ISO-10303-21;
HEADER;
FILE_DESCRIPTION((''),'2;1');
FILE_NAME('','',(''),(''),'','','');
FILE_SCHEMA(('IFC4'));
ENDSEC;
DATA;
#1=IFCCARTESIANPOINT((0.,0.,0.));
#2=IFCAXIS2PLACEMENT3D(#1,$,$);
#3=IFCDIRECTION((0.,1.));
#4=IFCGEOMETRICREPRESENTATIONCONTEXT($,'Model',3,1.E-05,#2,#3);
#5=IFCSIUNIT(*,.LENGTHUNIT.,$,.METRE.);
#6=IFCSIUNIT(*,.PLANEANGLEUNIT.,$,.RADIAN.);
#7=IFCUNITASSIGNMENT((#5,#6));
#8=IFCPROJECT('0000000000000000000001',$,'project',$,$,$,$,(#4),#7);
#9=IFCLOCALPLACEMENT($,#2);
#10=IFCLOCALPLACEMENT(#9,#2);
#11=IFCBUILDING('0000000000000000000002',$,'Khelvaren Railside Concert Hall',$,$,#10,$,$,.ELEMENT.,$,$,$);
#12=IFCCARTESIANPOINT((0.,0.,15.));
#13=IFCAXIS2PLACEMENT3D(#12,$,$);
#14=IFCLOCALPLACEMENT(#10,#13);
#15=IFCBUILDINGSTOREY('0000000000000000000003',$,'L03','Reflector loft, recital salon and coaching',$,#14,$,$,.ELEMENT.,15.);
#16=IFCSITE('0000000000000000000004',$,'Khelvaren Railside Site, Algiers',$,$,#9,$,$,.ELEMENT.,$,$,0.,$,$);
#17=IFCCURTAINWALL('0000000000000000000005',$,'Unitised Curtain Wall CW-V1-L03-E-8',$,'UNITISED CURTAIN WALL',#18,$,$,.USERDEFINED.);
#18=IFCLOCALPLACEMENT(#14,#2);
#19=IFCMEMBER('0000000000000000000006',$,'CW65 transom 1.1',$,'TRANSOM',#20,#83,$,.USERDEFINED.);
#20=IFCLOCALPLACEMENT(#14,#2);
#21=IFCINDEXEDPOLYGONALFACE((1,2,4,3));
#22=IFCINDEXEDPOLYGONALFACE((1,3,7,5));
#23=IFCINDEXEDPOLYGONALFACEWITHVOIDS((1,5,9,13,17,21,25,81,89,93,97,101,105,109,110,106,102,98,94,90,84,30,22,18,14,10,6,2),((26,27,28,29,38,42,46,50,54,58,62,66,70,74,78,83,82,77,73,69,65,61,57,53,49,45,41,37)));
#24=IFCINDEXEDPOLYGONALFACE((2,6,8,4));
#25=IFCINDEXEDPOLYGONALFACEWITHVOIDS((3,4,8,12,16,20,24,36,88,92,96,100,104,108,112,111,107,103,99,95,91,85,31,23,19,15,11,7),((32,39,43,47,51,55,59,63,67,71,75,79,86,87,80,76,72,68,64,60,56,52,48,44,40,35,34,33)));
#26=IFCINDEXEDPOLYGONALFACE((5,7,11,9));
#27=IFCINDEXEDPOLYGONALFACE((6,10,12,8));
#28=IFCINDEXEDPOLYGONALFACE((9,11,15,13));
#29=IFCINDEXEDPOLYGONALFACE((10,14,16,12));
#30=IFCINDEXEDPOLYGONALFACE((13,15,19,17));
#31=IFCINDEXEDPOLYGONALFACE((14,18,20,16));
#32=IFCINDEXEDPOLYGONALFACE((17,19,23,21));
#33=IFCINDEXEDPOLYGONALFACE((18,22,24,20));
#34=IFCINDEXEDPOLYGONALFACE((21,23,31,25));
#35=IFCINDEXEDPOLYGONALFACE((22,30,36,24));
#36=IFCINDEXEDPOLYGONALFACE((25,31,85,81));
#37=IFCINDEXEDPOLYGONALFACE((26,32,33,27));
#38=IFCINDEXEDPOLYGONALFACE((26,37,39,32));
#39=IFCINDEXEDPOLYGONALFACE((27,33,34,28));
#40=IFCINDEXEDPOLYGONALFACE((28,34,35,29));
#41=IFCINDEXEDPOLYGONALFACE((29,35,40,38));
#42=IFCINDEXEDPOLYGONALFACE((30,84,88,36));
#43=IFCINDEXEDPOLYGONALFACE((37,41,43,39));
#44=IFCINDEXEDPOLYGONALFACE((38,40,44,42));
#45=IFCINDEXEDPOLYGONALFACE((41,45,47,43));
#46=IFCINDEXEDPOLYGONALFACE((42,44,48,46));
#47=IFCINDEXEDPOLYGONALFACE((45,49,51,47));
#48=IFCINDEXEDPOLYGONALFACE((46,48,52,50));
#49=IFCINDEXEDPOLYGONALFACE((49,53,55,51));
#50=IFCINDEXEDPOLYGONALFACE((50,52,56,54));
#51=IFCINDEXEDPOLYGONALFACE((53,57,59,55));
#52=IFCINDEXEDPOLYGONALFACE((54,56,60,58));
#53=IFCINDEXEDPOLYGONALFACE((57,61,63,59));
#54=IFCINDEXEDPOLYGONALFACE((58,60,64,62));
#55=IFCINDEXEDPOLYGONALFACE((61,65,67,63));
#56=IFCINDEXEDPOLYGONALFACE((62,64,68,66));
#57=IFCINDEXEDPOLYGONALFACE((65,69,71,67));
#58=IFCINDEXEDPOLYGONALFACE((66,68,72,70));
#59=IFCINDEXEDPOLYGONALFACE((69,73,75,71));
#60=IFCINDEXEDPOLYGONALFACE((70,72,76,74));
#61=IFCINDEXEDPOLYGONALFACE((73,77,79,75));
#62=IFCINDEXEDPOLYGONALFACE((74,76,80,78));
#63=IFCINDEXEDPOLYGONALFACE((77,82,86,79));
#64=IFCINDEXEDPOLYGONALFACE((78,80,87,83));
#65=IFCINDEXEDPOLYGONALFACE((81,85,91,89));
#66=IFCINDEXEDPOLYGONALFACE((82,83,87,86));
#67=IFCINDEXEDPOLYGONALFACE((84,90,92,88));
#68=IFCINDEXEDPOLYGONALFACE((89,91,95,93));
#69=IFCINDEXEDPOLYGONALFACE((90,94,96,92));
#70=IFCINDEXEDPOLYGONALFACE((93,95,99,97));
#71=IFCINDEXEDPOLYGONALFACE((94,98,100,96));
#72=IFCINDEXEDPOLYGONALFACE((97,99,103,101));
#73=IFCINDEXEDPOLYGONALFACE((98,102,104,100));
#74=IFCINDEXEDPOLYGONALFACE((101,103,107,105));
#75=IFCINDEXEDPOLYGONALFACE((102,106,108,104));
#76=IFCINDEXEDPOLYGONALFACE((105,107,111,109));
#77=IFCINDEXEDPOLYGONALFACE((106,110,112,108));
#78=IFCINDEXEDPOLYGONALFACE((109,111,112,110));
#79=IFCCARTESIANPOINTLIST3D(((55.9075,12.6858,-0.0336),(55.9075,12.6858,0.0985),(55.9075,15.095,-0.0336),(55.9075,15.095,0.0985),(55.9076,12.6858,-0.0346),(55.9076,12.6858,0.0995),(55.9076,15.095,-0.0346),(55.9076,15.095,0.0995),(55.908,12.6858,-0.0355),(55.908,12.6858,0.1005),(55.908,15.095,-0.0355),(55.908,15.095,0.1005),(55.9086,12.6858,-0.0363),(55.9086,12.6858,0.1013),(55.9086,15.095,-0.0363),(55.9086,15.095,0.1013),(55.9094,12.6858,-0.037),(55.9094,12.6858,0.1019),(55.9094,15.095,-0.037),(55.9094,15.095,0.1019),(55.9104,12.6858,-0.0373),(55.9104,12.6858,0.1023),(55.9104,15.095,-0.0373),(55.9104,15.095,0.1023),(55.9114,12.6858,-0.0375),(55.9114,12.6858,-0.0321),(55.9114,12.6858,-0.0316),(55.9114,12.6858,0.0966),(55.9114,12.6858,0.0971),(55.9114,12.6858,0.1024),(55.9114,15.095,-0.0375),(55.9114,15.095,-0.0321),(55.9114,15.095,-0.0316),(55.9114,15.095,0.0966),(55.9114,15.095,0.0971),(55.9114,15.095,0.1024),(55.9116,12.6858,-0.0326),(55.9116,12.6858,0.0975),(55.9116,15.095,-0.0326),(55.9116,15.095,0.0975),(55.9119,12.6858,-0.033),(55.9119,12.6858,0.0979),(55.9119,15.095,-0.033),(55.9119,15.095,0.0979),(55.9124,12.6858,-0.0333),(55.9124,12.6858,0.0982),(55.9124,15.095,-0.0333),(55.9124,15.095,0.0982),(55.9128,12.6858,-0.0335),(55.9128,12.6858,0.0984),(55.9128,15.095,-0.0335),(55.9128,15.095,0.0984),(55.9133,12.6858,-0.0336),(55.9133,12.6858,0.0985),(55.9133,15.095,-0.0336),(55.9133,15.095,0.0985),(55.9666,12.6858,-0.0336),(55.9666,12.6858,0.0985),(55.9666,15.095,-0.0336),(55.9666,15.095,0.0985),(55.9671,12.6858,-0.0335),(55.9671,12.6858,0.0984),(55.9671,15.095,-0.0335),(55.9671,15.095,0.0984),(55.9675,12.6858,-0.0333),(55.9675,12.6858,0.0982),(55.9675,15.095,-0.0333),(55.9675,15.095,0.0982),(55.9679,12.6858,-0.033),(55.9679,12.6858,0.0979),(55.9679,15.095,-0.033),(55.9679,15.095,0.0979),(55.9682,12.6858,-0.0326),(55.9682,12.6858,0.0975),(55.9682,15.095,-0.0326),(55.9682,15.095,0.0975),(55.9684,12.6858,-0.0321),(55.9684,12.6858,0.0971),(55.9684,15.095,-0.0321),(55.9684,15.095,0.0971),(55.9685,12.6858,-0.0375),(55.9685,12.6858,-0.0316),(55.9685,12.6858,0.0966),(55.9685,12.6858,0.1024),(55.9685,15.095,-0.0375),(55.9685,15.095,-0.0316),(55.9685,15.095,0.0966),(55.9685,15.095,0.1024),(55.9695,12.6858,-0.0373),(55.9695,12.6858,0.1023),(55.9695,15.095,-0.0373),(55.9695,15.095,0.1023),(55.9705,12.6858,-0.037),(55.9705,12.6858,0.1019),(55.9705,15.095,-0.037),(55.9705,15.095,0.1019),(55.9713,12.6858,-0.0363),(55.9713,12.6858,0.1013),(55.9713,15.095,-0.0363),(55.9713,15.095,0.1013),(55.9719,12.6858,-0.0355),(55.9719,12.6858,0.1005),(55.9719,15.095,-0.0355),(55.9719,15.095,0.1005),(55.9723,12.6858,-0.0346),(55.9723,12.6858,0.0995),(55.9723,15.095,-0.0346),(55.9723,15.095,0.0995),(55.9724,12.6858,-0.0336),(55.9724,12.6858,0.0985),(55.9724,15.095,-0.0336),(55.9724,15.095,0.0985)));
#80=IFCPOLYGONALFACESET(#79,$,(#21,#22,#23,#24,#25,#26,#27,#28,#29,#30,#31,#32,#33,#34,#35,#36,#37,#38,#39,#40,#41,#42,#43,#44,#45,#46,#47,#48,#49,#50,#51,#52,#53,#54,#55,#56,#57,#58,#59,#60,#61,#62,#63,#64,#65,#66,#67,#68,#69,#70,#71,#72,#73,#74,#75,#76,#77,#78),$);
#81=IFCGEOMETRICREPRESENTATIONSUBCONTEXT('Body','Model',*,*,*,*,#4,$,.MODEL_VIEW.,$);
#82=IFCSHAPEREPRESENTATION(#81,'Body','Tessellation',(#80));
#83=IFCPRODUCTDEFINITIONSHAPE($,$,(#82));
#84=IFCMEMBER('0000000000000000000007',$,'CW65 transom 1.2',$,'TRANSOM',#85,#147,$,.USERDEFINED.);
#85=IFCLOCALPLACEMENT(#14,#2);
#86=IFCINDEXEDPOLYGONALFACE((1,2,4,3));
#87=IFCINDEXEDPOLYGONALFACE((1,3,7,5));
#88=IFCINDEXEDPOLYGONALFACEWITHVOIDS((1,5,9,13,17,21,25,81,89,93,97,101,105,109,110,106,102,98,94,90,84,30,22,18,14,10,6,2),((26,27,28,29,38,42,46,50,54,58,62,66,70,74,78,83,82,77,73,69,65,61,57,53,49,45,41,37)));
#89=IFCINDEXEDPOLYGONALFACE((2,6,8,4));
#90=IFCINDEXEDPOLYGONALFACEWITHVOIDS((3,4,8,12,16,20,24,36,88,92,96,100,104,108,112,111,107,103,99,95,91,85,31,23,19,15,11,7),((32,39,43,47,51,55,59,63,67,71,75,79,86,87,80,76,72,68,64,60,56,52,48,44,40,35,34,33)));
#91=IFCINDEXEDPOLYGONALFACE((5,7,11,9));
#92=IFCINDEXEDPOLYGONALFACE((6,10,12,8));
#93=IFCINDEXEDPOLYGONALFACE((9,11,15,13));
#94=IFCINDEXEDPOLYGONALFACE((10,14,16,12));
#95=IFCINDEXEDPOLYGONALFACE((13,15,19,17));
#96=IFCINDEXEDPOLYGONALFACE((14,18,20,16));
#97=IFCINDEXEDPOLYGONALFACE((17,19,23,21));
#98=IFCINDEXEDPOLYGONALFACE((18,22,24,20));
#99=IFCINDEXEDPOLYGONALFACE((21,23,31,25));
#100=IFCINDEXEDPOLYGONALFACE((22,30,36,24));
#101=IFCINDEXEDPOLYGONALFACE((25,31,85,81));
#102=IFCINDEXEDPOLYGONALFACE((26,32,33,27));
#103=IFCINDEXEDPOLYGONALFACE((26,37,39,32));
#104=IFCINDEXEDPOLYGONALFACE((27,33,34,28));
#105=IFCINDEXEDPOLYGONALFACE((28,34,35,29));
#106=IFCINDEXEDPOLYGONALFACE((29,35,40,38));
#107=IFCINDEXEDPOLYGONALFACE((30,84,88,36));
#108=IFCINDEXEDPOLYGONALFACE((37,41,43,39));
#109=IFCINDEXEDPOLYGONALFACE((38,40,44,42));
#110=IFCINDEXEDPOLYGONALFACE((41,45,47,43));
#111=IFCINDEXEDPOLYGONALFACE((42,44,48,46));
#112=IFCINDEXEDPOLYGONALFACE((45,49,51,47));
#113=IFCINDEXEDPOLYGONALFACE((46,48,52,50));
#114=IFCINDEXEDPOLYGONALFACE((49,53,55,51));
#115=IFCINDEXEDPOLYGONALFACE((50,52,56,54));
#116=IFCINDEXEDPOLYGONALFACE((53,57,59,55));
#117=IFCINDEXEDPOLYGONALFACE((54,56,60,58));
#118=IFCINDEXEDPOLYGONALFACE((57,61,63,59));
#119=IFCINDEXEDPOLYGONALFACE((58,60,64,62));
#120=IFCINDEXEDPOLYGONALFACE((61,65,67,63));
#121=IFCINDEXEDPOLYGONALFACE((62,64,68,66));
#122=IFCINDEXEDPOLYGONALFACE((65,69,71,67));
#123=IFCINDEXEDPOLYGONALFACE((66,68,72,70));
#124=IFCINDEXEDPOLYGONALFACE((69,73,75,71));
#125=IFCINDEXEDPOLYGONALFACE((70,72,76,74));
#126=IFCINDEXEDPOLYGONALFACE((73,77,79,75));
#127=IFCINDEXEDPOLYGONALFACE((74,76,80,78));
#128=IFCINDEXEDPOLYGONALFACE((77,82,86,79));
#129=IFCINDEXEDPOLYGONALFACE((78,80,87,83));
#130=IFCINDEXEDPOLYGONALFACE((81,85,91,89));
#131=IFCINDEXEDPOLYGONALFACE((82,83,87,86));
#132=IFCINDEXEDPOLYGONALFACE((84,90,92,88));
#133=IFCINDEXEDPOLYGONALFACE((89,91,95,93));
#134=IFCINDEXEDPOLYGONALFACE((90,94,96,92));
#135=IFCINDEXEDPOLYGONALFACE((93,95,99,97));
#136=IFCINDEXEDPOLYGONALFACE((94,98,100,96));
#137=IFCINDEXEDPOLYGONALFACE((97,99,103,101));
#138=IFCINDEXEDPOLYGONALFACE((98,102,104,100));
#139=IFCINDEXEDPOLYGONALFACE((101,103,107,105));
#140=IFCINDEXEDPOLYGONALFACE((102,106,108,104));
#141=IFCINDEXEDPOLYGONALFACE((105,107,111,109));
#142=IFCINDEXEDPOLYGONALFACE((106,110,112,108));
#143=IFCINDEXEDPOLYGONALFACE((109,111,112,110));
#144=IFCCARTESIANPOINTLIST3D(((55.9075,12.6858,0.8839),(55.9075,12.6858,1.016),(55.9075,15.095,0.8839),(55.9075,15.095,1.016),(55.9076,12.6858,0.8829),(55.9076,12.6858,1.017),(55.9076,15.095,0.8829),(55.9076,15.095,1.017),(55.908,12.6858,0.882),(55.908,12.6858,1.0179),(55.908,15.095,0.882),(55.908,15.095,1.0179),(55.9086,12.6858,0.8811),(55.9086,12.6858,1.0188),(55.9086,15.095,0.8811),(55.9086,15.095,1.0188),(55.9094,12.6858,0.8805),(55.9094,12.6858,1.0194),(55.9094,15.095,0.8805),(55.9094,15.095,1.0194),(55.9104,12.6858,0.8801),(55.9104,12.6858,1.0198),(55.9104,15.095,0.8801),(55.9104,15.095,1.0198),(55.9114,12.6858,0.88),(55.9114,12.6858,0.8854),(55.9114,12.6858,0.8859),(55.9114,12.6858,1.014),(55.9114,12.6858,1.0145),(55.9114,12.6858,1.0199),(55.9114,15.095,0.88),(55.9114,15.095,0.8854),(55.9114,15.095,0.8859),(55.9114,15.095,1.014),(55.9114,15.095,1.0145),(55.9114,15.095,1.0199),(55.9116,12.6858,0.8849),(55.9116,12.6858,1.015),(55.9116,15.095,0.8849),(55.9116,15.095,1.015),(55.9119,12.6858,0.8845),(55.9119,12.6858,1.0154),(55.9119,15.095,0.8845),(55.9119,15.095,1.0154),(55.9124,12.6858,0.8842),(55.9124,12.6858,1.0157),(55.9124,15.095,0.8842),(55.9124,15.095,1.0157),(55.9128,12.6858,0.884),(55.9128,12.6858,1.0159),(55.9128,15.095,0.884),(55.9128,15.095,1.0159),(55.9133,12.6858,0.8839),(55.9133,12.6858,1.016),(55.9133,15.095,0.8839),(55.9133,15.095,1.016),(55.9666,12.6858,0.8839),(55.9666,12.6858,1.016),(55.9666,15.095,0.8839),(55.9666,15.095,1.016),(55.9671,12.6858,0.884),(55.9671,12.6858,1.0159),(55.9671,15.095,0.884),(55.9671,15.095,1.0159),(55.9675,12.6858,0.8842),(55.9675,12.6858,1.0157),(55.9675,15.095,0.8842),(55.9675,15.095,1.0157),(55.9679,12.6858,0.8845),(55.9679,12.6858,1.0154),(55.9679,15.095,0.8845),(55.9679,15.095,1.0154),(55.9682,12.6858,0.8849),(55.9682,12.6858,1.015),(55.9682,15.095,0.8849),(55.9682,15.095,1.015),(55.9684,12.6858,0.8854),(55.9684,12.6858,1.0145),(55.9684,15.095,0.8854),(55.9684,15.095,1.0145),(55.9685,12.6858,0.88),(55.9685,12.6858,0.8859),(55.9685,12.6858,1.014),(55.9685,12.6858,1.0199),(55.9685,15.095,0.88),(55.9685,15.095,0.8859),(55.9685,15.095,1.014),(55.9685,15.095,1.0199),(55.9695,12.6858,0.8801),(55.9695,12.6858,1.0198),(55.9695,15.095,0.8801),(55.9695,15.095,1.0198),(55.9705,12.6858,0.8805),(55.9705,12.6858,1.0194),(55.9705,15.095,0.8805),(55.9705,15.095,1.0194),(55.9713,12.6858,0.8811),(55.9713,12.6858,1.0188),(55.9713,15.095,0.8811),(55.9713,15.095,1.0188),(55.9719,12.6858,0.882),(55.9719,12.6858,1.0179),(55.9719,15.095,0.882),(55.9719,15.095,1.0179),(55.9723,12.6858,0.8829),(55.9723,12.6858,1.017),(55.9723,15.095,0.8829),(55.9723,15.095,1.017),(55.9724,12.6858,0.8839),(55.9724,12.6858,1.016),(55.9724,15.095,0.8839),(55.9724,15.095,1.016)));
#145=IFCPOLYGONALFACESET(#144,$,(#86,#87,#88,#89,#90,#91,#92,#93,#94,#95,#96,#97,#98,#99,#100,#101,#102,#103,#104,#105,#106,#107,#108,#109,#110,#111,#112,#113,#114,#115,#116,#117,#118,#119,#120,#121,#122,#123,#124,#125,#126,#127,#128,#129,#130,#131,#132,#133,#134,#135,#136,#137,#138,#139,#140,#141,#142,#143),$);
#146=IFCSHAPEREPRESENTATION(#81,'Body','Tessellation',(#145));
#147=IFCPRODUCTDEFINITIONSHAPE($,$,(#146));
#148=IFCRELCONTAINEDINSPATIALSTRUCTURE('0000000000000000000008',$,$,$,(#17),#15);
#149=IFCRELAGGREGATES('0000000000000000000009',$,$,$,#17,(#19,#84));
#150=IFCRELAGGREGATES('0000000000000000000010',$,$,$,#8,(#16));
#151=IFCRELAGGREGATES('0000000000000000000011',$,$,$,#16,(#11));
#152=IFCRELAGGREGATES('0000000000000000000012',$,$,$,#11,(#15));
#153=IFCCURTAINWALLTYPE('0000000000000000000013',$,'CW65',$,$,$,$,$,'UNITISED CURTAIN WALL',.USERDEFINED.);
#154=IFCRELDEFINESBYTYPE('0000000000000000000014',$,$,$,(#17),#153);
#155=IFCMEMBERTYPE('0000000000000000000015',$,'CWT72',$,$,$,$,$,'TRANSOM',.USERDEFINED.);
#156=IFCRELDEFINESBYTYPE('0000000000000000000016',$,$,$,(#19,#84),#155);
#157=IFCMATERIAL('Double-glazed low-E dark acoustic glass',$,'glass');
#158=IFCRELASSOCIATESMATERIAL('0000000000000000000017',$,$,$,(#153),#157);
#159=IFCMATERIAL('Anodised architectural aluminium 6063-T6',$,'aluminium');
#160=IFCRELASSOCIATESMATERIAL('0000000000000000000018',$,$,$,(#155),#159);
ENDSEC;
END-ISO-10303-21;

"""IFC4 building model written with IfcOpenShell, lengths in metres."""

from ifc_helpers import new_model, si_unit, direction, frame, origin, origin_2d, place, context, subcontext, project, spatial, hollow_rectangle, extrude, material, material_profile, profile_set, type_object, element, aggregate, save


model = new_model("IFC4")

# Units and contexts
model_context = context("Model", 3, precision=1e-05, world=origin(), true_north=direction((0.0, 1.0)))
body_context = subcontext(model_context, "Body", "Model", "MODEL_VIEW")
ifc_project = project(units=[si_unit("LENGTHUNIT", "METRE"), si_unit("PLANEANGLEUNIT", "RADIAN")], contexts=[model_context])

# Site, building, storey
site_placement = place(None, origin())
site = spatial("IfcSite", under=ifc_project, at=site_placement, Name="Khelvaren Railside Site, Algiers", CompositionType="ELEMENT", RefElevation=0.0)
building_placement = place(site_placement, origin())
building = spatial("IfcBuilding", under=site, at=building_placement, Name="Khelvaren Railside Concert Hall", CompositionType="ELEMENT")
storey_placement = place(building_placement, frame((0.0, 0.0, 15.0)))
storey = spatial("IfcBuildingStorey", under=building, at=storey_placement, Name="L03", Description="Reflector loft, recital salon and coaching", CompositionType="ELEMENT", Elevation=15.0)

# Curtain wall, members
ifc_material_1 = material(Name="Double-glazed low-E dark acoustic glass", Category="glass")
curtain_wall_type = type_object("IfcCurtainWallType", Name="CW65", ElementType="UNITISED CURTAIN WALL", PredefinedType="USERDEFINED", material=ifc_material_1)
curtain_wall_placement = place(storey_placement, origin())
curtain_wall = element("IfcCurtainWall", 1, at=curtain_wall_placement, inside=storey, type_object=curtain_wall_type, Name="Unitised Curtain Wall CW-V1-L03-E-8", ObjectType="UNITISED CURTAIN WALL", PredefinedType="USERDEFINED")
ifc_material_2 = material(Name="Anodised architectural aluminium 6063-T6", Category="aluminium")
ifc_material_profile_1 = material_profile(ifc_material_2, hollow_rectangle(XDim=0.0649, YDim=0.1399, WallThickness=0.0039, InnerFilletRadius=0.002, OuterFilletRadius=0.0039, at=origin_2d()), Name="CWT 65x140x4")
ifc_profile_set_1 = profile_set([ifc_material_profile_1], Name="Anodised architectural aluminium 6063-T6")
member_type_1 = type_object("IfcMemberType", Name="CWT72", ElementType="TRANSOM", PredefinedType="USERDEFINED", material=ifc_profile_set_1)
member_1_placement = place(storey_placement, frame((55.9399, 15.095, 0.0325), z_axis=(0.0, -1.0, 0.0), x_axis=(1.0, 0.0, 0.0)))
member_1 = element("IfcMember", 2, at=member_1_placement, type_object=member_type_1, Name="CW65 transom 1.1", ObjectType="TRANSOM", PredefinedType="USERDEFINED", context=body_context, shape_type="SweptSolid", body=[
    extrude(hollow_rectangle(XDim=0.0649, YDim=0.1399, WallThickness=0.0039, InnerFilletRadius=0.002, OuterFilletRadius=0.0039, at=origin_2d()), origin(), (0.0, 0.0, 1.0), 2.4092),
])
member_2_placement = place(storey_placement, frame((55.9399, 15.095, 0.95), z_axis=(0.0, -1.0, 0.0), x_axis=(1.0, 0.0, 0.0)))
member_2 = element("IfcMember", 3, at=member_2_placement, type_object=member_type_1, Name="CW65 transom 1.2", ObjectType="TRANSOM", PredefinedType="USERDEFINED", context=body_context, shape_type="SweptSolid", body=[
    extrude(hollow_rectangle(XDim=0.0649, YDim=0.1399, WallThickness=0.0039, InnerFilletRadius=0.002, OuterFilletRadius=0.0039, at=origin_2d()), origin(), (0.0, 0.0, 1.0), 2.4092),
])

aggregate(curtain_wall, [member_1, member_2])

save(model, "model.ifc")
